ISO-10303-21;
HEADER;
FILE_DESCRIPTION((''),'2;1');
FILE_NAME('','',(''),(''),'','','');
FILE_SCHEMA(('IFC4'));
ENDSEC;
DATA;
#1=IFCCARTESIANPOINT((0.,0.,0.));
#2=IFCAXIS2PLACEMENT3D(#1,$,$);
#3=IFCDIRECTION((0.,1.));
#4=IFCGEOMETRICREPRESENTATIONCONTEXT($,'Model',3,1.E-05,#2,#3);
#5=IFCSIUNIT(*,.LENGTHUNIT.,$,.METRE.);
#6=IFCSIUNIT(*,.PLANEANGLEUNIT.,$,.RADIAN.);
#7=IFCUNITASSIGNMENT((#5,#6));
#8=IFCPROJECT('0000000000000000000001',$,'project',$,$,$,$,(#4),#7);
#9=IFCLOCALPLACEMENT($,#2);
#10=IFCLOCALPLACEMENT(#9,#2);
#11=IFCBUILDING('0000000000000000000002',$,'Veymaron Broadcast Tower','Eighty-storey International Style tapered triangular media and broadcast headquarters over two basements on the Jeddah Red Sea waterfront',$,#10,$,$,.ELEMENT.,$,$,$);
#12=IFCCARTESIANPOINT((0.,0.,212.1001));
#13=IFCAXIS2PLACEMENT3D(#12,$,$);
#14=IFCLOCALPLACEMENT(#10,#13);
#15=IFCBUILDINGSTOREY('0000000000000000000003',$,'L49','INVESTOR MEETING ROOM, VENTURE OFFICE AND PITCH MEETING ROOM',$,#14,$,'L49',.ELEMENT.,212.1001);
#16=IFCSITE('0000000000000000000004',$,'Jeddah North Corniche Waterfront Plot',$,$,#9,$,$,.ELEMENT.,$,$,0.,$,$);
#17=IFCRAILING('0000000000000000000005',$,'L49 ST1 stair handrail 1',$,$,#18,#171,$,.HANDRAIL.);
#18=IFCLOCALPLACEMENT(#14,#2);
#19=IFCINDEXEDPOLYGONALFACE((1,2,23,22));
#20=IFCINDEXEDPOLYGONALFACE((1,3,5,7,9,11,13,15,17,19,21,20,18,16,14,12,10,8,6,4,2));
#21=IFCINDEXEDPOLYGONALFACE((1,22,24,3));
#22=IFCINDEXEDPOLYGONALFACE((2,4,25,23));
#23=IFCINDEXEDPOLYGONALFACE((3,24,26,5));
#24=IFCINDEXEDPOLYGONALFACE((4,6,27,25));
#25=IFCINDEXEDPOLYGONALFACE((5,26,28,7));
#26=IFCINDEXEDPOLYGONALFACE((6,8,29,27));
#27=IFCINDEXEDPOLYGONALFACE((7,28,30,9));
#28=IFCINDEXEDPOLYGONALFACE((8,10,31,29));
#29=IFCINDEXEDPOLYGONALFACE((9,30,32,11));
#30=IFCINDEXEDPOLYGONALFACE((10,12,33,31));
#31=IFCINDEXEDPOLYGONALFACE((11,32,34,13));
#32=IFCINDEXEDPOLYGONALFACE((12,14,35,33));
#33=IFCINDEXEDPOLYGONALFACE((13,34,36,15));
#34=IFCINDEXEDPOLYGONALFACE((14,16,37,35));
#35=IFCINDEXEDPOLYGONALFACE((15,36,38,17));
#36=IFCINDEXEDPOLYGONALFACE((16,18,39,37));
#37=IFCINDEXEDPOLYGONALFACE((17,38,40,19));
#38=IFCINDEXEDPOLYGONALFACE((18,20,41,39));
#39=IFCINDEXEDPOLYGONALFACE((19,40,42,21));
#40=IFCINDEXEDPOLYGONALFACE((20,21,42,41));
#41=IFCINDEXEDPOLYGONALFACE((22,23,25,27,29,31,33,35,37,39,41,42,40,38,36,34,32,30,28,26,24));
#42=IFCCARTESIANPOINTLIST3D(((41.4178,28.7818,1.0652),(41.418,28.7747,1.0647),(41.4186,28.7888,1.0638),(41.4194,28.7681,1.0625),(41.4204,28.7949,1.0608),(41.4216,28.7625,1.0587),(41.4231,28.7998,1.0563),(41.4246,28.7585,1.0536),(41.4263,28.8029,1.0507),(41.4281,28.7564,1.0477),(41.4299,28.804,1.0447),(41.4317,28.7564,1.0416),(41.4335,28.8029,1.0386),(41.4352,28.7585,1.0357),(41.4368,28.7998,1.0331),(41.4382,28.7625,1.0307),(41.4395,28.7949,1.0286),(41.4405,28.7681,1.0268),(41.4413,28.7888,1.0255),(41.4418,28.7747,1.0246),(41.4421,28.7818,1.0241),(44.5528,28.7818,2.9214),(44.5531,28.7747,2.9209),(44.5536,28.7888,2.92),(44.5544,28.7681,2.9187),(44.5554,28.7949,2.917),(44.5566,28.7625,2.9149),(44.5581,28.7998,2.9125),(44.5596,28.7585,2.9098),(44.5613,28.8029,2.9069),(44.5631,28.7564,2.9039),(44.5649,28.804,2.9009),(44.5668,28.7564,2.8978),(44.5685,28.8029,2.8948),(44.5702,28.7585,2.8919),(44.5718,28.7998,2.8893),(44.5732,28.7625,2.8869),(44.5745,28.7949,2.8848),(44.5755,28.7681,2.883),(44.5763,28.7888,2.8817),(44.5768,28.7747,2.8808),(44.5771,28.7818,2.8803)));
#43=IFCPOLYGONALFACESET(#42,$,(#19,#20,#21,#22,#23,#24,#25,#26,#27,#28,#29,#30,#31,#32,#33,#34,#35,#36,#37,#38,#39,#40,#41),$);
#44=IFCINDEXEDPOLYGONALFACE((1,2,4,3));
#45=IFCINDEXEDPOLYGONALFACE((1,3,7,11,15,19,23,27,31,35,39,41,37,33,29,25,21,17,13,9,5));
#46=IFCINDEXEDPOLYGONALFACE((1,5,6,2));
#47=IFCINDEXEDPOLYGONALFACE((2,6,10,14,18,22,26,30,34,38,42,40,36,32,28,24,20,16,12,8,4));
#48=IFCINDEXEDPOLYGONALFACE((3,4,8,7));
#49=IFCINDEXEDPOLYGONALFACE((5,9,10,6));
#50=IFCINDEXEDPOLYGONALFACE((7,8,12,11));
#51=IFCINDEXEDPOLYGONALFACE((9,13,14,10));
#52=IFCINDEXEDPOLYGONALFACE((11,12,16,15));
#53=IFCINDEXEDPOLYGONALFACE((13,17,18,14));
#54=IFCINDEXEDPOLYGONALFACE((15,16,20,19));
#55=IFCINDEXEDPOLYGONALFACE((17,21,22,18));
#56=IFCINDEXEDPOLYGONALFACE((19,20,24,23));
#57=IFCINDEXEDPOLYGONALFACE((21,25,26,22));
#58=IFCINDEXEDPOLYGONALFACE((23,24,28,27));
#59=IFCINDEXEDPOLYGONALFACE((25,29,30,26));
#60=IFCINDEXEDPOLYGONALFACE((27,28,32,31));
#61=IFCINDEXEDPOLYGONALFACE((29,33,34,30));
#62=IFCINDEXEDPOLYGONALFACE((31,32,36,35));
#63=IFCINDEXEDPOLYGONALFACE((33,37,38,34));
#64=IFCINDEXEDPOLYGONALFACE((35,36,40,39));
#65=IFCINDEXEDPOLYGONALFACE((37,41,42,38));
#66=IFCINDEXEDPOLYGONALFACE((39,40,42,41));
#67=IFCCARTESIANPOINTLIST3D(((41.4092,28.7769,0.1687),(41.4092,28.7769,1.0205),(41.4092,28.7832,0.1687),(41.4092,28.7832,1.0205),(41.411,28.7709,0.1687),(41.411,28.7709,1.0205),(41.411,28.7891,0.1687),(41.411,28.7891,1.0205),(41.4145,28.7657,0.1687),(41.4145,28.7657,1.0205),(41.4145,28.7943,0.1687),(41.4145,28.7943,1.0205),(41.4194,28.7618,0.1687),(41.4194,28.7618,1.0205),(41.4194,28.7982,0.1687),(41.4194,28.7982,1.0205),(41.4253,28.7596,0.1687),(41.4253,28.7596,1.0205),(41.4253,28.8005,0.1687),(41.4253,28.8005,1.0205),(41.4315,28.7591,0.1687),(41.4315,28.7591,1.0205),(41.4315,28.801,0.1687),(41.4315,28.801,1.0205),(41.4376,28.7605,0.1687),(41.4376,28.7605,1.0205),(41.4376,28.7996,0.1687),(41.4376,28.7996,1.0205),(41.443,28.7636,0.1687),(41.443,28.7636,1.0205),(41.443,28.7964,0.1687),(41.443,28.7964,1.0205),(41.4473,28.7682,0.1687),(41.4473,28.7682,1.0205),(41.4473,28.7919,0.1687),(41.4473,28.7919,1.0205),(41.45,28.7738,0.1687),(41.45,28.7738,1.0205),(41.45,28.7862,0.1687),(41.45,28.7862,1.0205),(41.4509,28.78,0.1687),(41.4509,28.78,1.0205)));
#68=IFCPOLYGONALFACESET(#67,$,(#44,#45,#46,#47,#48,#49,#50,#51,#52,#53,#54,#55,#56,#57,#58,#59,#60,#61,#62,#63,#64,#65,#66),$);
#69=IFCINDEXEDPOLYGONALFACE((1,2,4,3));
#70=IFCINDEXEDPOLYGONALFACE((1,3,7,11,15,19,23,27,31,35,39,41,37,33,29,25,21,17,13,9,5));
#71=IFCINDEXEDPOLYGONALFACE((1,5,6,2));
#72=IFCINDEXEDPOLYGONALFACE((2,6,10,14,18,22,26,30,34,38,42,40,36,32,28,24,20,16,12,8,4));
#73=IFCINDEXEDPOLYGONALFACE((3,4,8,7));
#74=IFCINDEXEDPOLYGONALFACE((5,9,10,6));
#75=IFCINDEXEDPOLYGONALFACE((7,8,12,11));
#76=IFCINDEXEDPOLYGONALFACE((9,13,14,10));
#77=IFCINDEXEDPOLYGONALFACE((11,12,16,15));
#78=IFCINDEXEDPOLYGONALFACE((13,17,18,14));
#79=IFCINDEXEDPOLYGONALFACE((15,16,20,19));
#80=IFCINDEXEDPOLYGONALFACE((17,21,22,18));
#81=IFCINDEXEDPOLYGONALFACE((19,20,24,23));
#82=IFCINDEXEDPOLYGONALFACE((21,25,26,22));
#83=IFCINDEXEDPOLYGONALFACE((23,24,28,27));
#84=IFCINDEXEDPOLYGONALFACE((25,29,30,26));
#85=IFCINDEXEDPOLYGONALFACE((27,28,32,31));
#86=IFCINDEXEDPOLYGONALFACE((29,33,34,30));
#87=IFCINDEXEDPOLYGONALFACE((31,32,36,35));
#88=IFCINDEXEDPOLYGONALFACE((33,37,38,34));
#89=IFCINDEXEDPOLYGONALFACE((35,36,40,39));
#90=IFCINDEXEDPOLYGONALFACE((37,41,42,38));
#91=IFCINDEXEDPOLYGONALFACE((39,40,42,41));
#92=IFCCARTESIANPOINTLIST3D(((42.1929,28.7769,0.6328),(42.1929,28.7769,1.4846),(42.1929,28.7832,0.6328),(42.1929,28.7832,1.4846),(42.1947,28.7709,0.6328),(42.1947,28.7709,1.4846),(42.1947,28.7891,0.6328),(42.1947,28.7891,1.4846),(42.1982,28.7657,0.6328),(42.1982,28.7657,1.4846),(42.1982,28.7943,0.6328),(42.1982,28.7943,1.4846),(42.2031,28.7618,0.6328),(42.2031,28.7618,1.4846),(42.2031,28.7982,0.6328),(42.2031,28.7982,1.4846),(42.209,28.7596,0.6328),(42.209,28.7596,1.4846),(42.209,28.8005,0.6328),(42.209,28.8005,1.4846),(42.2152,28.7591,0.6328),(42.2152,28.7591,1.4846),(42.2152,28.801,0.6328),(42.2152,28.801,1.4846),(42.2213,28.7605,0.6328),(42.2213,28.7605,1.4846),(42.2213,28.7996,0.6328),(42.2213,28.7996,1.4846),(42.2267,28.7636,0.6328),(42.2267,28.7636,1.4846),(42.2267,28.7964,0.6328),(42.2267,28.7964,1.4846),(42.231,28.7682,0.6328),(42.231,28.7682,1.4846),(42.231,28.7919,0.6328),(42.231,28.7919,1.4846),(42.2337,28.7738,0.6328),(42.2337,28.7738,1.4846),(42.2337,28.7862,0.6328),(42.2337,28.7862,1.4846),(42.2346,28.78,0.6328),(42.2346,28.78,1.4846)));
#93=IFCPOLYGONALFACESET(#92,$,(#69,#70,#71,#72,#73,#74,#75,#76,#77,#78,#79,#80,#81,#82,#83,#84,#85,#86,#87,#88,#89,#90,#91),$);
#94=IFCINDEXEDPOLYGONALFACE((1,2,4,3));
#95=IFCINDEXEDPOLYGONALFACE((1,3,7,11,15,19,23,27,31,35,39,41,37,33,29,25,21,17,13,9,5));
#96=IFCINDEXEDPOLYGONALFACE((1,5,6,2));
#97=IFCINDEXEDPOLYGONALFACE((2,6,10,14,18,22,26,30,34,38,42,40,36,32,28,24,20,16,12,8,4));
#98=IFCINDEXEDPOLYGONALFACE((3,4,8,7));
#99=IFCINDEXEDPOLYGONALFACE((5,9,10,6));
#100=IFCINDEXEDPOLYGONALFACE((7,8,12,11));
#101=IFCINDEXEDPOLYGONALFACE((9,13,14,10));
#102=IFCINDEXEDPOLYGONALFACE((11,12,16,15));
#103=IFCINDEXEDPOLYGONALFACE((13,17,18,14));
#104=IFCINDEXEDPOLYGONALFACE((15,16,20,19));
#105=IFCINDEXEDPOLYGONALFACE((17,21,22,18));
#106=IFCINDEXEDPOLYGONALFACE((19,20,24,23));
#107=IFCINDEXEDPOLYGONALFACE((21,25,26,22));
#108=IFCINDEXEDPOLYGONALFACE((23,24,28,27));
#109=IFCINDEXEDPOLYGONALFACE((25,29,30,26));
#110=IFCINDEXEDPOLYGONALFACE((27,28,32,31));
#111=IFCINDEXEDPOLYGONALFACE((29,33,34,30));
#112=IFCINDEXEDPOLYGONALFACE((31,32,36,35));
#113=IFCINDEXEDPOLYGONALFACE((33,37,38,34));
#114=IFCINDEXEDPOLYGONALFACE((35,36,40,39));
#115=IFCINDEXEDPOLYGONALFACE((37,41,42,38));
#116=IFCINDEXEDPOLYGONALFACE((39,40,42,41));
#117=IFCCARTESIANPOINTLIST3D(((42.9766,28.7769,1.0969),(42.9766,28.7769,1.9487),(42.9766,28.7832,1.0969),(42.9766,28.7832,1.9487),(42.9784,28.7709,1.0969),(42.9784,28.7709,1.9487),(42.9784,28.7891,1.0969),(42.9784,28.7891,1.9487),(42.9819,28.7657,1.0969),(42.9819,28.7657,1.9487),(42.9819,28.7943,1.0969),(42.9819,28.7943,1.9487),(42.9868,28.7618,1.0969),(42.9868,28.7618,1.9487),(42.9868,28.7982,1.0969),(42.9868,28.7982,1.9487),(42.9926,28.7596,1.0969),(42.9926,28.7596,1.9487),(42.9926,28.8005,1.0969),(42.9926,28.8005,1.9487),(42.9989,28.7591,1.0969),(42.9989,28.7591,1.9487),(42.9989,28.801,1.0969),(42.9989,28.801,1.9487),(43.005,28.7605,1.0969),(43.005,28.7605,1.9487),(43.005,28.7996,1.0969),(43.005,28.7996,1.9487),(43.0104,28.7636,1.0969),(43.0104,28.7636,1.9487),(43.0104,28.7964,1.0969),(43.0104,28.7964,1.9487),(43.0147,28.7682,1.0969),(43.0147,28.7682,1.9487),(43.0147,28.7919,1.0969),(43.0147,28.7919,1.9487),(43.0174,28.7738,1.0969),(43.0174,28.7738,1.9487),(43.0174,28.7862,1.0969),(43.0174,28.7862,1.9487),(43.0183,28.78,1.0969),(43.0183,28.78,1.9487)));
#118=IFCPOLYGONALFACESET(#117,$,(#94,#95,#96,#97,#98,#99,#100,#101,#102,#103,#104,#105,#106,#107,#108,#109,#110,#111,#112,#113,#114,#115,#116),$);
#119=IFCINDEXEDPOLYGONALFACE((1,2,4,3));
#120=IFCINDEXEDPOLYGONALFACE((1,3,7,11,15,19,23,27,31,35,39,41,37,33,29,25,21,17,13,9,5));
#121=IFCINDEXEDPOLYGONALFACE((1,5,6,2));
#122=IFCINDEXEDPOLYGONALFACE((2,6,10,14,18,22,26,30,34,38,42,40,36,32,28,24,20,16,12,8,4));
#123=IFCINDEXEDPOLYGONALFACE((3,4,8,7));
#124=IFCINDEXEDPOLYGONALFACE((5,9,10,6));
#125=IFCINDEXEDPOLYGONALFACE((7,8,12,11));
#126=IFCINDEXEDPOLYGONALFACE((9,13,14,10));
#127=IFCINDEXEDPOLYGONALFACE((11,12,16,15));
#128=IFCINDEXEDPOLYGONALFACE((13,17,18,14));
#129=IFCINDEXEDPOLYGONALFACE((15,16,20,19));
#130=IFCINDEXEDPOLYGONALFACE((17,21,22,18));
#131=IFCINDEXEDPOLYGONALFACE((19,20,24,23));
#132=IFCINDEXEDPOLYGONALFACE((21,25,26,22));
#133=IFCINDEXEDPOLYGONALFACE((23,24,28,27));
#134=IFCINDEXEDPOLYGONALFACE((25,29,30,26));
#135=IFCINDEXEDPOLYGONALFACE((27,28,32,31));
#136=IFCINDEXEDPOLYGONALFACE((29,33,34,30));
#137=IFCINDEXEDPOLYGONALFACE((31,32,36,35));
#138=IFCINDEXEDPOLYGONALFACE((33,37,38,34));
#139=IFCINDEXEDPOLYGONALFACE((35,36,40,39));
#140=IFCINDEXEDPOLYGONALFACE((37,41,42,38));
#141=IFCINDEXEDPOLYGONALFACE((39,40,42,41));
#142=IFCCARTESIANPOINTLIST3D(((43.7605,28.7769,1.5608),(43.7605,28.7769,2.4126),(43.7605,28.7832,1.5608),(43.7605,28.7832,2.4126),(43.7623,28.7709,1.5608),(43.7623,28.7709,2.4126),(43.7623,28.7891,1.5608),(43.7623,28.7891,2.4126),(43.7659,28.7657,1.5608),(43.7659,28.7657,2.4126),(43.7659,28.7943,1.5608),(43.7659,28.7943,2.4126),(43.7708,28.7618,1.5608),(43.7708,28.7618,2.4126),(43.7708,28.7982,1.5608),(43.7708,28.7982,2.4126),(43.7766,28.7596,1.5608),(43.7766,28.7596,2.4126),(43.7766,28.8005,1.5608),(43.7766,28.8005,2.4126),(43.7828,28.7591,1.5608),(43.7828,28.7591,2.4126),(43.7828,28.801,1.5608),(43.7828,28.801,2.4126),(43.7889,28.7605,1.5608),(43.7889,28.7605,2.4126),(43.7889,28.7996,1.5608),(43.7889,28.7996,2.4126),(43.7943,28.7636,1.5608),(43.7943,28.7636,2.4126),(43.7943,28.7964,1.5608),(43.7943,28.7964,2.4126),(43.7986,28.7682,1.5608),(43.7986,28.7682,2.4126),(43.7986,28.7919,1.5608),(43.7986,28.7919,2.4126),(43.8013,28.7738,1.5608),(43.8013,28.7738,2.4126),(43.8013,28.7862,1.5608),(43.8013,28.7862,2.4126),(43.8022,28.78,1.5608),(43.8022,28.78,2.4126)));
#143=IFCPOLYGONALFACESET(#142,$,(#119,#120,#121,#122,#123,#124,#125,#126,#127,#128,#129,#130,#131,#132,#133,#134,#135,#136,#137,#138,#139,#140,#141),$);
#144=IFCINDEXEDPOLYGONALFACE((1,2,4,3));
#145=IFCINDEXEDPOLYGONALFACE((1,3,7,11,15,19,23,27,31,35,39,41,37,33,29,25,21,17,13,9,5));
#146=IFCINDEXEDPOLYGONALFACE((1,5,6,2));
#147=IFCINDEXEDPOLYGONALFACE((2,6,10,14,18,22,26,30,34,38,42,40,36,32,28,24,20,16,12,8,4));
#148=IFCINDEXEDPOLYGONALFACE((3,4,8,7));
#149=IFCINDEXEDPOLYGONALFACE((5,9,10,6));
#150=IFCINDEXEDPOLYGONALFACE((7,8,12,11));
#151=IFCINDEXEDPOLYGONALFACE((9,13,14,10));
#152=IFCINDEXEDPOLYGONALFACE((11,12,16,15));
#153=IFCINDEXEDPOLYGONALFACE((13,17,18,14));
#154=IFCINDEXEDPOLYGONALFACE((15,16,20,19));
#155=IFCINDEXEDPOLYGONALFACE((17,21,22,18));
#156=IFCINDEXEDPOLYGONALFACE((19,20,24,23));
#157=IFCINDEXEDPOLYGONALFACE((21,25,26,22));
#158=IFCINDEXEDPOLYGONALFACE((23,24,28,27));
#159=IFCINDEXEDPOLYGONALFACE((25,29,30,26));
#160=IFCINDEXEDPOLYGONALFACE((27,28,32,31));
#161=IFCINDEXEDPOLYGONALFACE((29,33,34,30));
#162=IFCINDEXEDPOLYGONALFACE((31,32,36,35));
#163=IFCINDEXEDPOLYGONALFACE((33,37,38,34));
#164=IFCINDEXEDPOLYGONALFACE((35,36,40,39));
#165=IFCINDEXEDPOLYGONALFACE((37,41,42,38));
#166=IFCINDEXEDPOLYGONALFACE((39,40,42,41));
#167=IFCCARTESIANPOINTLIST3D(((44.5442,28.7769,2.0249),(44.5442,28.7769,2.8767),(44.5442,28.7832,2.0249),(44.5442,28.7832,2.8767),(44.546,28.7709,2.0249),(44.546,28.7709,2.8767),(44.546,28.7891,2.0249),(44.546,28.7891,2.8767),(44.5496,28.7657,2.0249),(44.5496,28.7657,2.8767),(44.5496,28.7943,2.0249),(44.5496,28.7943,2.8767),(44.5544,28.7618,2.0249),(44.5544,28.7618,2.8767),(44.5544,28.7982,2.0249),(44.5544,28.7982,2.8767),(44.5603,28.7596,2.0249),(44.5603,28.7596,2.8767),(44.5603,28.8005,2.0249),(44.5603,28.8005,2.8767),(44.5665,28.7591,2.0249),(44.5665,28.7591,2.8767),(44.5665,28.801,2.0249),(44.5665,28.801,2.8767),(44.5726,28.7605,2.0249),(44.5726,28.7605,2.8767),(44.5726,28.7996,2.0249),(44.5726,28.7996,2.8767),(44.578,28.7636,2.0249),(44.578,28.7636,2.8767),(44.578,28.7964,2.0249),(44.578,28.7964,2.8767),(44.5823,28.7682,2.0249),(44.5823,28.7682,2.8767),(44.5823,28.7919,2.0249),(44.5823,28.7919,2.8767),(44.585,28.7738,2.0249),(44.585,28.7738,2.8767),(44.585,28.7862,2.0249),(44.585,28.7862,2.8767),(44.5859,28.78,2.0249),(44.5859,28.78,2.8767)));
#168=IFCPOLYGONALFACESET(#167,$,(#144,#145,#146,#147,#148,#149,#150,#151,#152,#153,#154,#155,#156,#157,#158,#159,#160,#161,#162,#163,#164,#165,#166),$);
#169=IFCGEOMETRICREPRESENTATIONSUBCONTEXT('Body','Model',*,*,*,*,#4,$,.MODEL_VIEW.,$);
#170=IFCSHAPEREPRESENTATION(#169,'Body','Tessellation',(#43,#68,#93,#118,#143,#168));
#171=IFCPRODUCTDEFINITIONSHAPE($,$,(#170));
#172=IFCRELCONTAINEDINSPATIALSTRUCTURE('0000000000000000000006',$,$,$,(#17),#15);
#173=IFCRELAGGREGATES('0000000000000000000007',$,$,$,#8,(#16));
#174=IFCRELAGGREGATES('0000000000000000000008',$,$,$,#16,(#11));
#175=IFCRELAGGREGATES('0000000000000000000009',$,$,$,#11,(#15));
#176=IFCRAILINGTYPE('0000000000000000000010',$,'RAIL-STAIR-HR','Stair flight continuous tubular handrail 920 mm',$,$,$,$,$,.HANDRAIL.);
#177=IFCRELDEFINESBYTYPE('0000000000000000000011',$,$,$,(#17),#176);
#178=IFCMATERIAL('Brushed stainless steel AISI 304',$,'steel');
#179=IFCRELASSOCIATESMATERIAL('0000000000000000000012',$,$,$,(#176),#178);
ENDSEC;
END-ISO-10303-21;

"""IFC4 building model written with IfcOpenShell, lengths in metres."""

from ifc_helpers import new_model, si_unit, direction, frame, origin, origin_2d, place, context, subcontext, project, spatial, circle, extrude, material, type_object, element, save


model = new_model("IFC4")

# Units and contexts
model_context = context("Model", 3, precision=1e-05, world=origin(), true_north=direction((0.0, 1.0)))
body_context = subcontext(model_context, "Body", "Model", "MODEL_VIEW")
ifc_project = project(units=[si_unit("LENGTHUNIT", "METRE"), si_unit("PLANEANGLEUNIT", "RADIAN")], contexts=[model_context])

# Site, building, storey
site_placement = place(None, origin())
site = spatial("IfcSite", under=ifc_project, at=site_placement, Name="Jeddah North Corniche Waterfront Plot", CompositionType="ELEMENT", RefElevation=0.0)
building_placement = place(site_placement, origin())
building = spatial("IfcBuilding", under=site, at=building_placement, Name="Veymaron Broadcast Tower", Description="Eighty-storey International Style tapered triangular media and broadcast headquarters over two basements on the Jeddah Red Sea waterfront", CompositionType="ELEMENT")
storey_placement = place(building_placement, frame((0.0, 0.0, 212.1001)))
storey = spatial("IfcBuildingStorey", under=building, at=storey_placement, Name="L49", Description="INVESTOR MEETING ROOM, VENTURE OFFICE AND PITCH MEETING ROOM", LongName="L49", CompositionType="ELEMENT", Elevation=212.1001)

# Shared definitions
ifc_material_1 = material(Name="Brushed stainless steel AISI 304", Category="steel")

# Railing
railing_type_1 = type_object("IfcRailingType", Name="RAIL-STAIR-HR", Description="Stair flight continuous tubular handrail 920 mm", PredefinedType="HANDRAIL", material=ifc_material_1)
railing_1_placement = place(storey_placement, frame((41.4299, 28.78, 0.1687)))
element("IfcRailing", 1, at=railing_1_placement, inside=storey, type_object=railing_type_1, Name="L49 ST1 stair handrail 1", PredefinedType="HANDRAIL", context=body_context, shape_type="SweptSolid", body=[
    extrude(circle(Radius=0.0239, at=origin_2d()), frame((0.0, 0.0, 0.876), z_axis=(0.860482, 0.0, 0.509481), x_axis=(0.0, 1.0, 0.0)), (0.0, 0.0, 1.0), 3.6433),
    extrude(circle(Radius=0.021, at=origin_2d()), origin(), (0.0, 0.0, 1.0), 0.8518),
    extrude(circle(Radius=0.021, at=origin_2d()), frame((0.7837, 0.0, 0.4641)), (0.0, 0.0, 1.0), 0.8518),
    extrude(circle(Radius=0.021, at=origin_2d()), frame((1.5674, 0.0, 0.9282)), (0.0, 0.0, 1.0), 0.8518),
    extrude(circle(Radius=0.021, at=origin_2d()), frame((2.3513, 0.0, 1.3921)), (0.0, 0.0, 1.0), 0.8518),
    extrude(circle(Radius=0.021, at=origin_2d()), frame((3.135, 0.0, 1.8562)), (0.0, 0.0, 1.0), 0.8518),
])

save(model, "model.ifc")
